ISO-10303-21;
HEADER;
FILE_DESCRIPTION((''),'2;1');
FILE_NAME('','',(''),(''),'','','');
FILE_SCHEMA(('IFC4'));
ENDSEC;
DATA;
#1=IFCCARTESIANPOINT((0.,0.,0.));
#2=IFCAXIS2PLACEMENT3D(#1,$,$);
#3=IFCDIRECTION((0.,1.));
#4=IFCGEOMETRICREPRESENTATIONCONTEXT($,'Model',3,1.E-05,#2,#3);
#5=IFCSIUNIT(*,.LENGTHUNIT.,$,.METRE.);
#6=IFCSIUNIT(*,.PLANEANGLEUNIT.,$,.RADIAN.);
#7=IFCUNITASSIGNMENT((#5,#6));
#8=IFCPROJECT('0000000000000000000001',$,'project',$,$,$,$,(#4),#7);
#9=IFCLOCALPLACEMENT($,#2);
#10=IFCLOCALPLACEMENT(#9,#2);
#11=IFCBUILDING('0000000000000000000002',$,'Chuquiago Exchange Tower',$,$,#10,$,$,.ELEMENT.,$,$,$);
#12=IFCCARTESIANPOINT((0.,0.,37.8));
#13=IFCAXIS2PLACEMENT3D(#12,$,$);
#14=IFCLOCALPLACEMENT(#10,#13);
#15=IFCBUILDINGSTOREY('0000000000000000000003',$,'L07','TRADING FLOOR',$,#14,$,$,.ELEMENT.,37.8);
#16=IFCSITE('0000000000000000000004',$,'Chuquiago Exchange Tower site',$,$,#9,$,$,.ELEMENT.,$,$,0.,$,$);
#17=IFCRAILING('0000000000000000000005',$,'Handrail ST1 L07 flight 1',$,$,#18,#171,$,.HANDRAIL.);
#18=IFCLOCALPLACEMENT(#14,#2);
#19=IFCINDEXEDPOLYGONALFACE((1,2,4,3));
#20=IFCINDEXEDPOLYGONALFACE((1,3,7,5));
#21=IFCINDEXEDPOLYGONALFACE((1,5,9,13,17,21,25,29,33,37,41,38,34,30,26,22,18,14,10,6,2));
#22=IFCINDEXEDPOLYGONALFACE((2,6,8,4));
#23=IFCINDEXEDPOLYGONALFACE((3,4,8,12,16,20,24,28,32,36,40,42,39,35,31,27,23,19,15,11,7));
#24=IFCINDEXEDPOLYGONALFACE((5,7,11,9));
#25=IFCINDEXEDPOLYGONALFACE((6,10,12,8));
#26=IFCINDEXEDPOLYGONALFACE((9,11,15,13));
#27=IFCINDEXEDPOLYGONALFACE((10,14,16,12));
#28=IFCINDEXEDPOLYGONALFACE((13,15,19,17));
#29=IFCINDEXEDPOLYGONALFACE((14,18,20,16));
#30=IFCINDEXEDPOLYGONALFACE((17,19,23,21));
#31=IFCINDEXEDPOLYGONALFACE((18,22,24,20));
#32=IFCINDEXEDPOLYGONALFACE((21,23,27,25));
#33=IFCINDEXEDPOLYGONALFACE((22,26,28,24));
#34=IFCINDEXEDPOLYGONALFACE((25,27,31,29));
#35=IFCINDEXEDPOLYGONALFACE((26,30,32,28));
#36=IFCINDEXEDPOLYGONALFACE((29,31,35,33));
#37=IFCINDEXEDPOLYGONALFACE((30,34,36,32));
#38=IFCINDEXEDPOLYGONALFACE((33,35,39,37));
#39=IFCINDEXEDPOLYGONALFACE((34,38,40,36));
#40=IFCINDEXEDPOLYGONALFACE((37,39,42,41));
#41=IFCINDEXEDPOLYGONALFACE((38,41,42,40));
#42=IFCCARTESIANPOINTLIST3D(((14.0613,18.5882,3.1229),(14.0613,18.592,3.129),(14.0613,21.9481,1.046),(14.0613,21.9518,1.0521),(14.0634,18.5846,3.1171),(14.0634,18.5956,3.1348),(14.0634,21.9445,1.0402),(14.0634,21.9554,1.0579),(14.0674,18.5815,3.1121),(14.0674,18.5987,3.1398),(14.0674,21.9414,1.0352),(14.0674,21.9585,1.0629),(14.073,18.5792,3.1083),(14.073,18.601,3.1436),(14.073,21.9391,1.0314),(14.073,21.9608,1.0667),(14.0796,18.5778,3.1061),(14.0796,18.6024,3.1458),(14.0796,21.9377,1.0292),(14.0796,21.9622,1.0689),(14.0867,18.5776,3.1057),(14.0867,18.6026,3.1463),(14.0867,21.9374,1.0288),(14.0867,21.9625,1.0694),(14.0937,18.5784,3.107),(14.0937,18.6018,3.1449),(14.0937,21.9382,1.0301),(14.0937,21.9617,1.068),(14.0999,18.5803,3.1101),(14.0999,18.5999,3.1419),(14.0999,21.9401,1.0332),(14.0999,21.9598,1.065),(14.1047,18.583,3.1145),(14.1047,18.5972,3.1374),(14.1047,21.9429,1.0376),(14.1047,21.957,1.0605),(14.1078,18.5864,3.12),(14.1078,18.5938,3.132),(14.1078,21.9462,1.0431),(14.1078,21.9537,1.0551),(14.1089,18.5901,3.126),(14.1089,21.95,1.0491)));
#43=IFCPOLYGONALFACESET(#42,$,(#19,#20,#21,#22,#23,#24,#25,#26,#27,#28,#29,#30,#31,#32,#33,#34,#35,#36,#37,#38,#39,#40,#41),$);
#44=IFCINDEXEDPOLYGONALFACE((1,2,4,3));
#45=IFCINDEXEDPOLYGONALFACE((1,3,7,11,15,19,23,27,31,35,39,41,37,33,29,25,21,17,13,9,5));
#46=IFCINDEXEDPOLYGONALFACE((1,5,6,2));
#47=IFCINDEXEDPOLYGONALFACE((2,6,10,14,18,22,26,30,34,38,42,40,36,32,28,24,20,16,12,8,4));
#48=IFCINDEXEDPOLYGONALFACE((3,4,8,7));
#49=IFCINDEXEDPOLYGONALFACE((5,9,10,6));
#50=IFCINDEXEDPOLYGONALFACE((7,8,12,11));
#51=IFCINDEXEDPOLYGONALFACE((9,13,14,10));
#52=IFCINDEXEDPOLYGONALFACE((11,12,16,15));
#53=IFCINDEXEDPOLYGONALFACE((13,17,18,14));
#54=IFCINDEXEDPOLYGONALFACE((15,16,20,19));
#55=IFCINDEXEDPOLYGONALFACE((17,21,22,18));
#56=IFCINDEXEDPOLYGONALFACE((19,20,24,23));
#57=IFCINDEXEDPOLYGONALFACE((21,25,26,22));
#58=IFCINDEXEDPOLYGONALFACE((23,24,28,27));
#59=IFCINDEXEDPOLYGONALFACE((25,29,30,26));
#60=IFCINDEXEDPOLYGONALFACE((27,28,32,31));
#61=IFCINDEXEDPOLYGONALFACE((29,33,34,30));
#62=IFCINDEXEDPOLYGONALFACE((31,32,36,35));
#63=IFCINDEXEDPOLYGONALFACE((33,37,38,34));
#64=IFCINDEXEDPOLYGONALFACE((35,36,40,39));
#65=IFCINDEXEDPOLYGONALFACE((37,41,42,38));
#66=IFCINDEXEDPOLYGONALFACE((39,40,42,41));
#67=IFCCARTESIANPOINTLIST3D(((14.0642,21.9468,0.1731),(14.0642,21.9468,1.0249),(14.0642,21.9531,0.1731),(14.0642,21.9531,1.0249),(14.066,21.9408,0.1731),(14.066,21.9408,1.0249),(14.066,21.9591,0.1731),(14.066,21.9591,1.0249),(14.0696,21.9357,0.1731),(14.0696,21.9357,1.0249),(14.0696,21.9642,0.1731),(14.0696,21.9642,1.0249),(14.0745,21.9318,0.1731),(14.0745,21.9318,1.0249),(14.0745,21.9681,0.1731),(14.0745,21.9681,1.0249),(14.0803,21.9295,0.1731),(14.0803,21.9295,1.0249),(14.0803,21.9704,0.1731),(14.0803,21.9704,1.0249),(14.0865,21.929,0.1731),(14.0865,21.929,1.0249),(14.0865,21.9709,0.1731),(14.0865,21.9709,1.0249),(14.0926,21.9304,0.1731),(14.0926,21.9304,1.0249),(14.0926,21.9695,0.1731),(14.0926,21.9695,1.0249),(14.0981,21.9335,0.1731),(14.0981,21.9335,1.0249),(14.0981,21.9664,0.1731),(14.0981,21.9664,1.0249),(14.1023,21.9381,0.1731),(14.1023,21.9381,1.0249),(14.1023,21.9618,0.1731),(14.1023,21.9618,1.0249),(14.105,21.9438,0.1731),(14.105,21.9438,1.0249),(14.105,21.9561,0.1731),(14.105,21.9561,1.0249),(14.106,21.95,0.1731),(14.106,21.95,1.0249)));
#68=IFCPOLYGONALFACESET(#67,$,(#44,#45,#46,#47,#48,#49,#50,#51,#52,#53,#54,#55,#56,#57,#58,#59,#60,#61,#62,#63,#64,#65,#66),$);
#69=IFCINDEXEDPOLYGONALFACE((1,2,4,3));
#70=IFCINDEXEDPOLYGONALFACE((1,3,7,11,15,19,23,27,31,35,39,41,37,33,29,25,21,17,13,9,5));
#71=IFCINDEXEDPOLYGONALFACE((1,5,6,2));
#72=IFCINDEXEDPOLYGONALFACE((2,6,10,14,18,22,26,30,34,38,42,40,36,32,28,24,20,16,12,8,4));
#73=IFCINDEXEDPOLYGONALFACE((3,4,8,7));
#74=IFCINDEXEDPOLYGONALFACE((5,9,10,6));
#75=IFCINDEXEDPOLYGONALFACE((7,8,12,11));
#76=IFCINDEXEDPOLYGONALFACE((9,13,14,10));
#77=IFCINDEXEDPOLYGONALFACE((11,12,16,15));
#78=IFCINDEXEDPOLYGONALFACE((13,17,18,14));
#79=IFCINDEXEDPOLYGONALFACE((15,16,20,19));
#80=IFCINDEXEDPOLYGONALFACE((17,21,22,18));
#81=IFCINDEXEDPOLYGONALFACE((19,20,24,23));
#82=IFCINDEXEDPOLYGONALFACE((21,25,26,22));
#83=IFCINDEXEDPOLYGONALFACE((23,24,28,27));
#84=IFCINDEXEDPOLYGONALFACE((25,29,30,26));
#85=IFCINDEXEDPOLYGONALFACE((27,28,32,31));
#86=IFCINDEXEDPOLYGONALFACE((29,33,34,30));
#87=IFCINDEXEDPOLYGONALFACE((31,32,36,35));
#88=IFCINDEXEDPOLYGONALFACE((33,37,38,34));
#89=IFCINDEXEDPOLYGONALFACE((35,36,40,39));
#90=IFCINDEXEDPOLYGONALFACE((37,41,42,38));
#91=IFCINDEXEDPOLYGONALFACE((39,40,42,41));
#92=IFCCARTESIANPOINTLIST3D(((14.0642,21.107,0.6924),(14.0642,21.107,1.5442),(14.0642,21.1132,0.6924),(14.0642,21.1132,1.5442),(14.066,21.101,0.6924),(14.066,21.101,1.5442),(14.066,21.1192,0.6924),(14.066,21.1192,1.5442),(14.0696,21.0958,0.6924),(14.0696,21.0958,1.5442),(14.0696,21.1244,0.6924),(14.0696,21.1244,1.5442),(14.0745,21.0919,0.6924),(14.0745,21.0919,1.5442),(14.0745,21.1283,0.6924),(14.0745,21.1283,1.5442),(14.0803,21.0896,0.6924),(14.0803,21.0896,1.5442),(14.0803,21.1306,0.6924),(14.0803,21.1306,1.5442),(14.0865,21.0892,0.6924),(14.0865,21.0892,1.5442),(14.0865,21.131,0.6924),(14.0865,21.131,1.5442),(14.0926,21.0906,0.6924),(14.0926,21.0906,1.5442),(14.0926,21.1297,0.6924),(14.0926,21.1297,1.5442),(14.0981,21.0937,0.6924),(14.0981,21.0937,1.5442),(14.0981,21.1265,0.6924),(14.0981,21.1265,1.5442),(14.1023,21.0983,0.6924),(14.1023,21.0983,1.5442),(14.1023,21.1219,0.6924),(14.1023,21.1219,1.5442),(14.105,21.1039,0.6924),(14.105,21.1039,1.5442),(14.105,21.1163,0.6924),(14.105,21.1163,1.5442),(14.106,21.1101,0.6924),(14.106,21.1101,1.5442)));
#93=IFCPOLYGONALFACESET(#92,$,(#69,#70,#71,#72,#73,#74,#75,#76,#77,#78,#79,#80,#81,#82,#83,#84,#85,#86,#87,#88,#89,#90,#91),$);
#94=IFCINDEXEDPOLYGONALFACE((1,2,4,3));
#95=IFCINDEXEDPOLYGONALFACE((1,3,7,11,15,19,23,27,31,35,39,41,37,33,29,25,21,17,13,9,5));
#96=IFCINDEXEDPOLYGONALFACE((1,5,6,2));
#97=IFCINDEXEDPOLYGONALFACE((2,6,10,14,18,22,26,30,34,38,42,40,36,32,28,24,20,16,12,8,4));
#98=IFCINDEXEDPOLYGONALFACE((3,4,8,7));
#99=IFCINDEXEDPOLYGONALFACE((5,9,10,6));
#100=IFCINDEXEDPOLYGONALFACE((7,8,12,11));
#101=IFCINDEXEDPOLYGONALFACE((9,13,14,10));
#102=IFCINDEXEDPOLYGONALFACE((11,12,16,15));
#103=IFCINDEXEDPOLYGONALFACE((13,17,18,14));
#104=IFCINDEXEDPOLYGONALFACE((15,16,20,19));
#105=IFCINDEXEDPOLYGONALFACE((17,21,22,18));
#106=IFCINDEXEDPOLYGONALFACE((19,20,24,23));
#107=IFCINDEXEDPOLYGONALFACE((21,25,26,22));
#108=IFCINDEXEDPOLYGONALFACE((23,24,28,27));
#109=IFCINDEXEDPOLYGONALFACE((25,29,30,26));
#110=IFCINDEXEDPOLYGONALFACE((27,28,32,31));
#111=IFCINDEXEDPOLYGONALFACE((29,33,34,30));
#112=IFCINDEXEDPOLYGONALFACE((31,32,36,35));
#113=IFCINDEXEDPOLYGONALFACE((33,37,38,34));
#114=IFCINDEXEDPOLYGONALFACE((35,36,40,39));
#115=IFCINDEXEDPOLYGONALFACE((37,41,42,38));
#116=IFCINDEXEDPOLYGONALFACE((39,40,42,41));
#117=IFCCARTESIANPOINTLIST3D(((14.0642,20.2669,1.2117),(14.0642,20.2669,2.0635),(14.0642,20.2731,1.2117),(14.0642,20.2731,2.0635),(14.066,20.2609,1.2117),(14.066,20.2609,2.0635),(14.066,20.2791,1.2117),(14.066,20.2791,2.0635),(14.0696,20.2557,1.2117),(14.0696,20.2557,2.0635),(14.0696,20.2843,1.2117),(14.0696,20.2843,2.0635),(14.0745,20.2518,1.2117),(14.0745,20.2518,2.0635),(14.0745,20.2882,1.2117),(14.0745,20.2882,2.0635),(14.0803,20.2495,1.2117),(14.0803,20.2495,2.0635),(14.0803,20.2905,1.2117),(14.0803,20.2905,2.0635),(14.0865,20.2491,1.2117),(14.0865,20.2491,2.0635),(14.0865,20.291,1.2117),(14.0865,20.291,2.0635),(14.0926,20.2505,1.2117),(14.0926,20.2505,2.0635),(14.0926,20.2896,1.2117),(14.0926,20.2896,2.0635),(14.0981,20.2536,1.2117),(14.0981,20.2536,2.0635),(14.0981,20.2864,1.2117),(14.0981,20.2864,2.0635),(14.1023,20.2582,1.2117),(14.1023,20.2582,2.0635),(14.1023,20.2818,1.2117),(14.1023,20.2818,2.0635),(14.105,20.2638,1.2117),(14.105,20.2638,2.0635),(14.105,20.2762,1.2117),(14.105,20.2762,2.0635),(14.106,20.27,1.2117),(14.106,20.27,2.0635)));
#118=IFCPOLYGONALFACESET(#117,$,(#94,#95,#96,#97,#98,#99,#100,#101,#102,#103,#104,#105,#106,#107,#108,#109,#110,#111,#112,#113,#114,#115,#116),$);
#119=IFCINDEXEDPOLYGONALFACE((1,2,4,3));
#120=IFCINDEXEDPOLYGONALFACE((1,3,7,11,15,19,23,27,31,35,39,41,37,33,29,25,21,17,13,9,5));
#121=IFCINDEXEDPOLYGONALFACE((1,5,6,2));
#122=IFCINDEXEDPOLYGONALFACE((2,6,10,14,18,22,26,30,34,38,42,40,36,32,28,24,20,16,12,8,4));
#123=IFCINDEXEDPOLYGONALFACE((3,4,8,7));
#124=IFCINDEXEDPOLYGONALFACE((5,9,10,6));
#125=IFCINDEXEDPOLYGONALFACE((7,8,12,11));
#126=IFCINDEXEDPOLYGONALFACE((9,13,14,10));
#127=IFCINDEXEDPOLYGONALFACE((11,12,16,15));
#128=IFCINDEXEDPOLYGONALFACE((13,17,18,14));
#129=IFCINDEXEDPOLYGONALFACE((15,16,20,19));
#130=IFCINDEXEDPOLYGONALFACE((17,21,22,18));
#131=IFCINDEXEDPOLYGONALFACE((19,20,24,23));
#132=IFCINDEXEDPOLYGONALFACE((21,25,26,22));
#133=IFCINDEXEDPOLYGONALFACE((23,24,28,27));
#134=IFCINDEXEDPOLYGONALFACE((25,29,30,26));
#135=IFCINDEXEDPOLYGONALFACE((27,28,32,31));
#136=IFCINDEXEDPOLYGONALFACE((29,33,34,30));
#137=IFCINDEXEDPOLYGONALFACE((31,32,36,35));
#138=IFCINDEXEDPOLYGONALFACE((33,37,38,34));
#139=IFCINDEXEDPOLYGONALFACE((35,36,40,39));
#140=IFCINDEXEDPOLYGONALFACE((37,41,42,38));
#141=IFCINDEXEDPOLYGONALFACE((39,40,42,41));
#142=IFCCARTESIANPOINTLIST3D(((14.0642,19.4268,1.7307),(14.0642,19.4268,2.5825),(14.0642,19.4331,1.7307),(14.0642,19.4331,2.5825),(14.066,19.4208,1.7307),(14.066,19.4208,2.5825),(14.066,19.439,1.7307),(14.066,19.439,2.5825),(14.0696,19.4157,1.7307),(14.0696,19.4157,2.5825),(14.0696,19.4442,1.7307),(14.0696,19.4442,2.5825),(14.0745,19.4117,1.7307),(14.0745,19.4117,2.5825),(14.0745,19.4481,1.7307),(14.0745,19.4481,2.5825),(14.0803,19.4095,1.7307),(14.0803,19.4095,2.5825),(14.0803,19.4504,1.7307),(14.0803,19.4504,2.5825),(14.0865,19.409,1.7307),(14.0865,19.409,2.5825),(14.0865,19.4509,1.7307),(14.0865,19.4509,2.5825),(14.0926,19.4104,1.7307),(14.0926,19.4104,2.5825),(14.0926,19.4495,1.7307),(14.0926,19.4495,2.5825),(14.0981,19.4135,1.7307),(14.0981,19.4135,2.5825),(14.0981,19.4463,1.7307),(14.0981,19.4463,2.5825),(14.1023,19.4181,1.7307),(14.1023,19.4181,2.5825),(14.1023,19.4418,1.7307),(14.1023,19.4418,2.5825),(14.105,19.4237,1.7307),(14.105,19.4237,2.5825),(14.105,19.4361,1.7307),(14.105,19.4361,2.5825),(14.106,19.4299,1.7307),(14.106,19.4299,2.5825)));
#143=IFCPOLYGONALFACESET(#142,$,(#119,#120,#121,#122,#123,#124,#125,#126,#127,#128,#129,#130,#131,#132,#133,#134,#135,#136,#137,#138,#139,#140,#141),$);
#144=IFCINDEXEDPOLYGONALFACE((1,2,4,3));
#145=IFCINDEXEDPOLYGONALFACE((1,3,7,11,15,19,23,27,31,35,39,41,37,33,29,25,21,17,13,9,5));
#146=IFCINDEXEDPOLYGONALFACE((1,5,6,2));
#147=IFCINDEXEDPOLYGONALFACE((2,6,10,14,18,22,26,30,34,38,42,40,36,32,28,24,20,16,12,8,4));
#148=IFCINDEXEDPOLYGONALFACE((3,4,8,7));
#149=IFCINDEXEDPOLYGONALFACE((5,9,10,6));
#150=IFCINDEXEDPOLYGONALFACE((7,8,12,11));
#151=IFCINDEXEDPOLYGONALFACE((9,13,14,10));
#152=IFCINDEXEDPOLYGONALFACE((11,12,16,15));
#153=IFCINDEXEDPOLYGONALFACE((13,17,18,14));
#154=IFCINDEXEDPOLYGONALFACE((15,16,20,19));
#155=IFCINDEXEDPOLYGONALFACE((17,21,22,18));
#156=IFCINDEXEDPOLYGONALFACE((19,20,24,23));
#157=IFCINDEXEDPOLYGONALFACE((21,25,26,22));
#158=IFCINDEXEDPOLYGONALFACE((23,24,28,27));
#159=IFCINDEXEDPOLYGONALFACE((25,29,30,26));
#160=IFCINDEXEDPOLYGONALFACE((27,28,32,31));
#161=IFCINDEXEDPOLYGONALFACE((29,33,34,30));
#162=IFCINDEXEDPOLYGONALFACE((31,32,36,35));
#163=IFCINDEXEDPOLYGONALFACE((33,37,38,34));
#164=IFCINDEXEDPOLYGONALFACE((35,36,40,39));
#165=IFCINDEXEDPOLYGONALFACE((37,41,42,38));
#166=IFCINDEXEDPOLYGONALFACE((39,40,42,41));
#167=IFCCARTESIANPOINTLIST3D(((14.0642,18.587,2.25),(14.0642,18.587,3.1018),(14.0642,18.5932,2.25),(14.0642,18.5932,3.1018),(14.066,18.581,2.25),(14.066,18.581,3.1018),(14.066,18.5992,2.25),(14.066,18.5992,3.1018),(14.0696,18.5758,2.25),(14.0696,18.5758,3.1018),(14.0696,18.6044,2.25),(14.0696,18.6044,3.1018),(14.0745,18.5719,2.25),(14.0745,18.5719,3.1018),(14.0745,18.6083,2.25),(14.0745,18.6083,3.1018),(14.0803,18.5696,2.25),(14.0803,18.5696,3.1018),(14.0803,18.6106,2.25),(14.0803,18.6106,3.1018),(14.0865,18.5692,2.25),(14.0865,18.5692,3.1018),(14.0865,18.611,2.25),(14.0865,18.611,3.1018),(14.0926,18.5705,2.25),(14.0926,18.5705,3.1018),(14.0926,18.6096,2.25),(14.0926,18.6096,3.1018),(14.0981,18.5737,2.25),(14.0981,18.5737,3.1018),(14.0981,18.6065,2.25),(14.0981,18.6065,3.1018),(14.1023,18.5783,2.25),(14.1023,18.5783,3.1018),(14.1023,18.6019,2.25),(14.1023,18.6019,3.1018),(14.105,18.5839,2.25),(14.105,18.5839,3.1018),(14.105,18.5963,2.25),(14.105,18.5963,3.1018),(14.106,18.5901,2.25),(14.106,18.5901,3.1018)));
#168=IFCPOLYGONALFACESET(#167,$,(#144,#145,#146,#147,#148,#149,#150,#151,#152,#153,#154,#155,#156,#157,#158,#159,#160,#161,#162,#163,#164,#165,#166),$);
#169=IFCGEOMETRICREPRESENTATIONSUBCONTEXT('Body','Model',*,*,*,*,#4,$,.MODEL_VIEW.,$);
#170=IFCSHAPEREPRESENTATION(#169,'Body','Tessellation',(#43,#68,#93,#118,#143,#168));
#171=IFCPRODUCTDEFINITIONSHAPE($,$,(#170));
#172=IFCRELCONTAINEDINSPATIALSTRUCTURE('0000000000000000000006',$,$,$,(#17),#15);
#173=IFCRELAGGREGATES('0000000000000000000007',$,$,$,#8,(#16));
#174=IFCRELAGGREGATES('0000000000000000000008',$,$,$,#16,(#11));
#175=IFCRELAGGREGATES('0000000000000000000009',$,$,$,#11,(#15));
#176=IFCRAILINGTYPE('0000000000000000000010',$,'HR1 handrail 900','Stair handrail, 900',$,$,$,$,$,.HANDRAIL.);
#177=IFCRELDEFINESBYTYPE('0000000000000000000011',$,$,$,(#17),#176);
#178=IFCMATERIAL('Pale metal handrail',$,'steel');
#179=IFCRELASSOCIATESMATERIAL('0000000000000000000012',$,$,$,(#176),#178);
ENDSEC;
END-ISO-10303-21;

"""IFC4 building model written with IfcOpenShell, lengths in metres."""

from ifc_helpers import new_model, si_unit, direction, frame, origin, origin_2d, place, context, subcontext, project, spatial, circle, extrude, material, type_object, element, save


model = new_model("IFC4")

# Units and contexts
model_context = context("Model", 3, precision=1e-05, world=origin(), true_north=direction((0.0, 1.0)))
body_context = subcontext(model_context, "Body", "Model", "MODEL_VIEW")
ifc_project = project(units=[si_unit("LENGTHUNIT", "METRE"), si_unit("PLANEANGLEUNIT", "RADIAN")], contexts=[model_context])

# Site, building, storey
site_placement = place(None, origin())
site = spatial("IfcSite", under=ifc_project, at=site_placement, Name="Chuquiago Exchange Tower site", CompositionType="ELEMENT", RefElevation=0.0)
building_placement = place(site_placement, origin())
building = spatial("IfcBuilding", under=site, at=building_placement, Name="Chuquiago Exchange Tower", CompositionType="ELEMENT")
storey_placement = place(building_placement, frame((0.0, 0.0, 37.8)))
storey = spatial("IfcBuildingStorey", under=building, at=storey_placement, Name="L07", Description="TRADING FLOOR", CompositionType="ELEMENT", Elevation=37.8)

# Railing
ifc_material_1 = material(Name="Pale metal handrail", Category="steel")
railing_type = type_object("IfcRailingType", Name="HR1 handrail 900", Description="Stair handrail, 900", PredefinedType="HANDRAIL", material=ifc_material_1)
for number, where, name in (
    (1, (14.085, 21.95, 0.1731), "Handrail ST1 L07 flight 1"),
):
    element("IfcRailing", number, at=place(storey_placement, frame(where)), inside=storey, type_object=railing_type, Name=name, PredefinedType="HANDRAIL", context=body_context, shape_type="SweptSolid", body=[
        extrude(circle(Radius=0.0239, at=origin_2d()), frame((0.0, 0.0, 0.876), z_axis=(0.0, -0.850606, 0.525803), x_axis=(1.0, 0.0, 0.0)), (0.0, 0.0, 1.0), 3.95),
        extrude(circle(Radius=0.021, at=origin_2d()), origin(), (0.0, 0.0, 1.0), 0.8518),
        extrude(circle(Radius=0.021, at=origin_2d()), frame((0.0, -0.8398, 0.5193)), (0.0, 0.0, 1.0), 0.8518),
        extrude(circle(Radius=0.021, at=origin_2d()), frame((0.0, -1.6799, 1.0386)), (0.0, 0.0, 1.0), 0.8518),
        extrude(circle(Radius=0.021, at=origin_2d()), frame((0.0, -2.52, 1.5576)), (0.0, 0.0, 1.0), 0.8518),
        extrude(circle(Radius=0.021, at=origin_2d()), frame((0.0, -3.3599, 2.0769)), (0.0, 0.0, 1.0), 0.8518),
    ])

save(model, "model.ifc")
